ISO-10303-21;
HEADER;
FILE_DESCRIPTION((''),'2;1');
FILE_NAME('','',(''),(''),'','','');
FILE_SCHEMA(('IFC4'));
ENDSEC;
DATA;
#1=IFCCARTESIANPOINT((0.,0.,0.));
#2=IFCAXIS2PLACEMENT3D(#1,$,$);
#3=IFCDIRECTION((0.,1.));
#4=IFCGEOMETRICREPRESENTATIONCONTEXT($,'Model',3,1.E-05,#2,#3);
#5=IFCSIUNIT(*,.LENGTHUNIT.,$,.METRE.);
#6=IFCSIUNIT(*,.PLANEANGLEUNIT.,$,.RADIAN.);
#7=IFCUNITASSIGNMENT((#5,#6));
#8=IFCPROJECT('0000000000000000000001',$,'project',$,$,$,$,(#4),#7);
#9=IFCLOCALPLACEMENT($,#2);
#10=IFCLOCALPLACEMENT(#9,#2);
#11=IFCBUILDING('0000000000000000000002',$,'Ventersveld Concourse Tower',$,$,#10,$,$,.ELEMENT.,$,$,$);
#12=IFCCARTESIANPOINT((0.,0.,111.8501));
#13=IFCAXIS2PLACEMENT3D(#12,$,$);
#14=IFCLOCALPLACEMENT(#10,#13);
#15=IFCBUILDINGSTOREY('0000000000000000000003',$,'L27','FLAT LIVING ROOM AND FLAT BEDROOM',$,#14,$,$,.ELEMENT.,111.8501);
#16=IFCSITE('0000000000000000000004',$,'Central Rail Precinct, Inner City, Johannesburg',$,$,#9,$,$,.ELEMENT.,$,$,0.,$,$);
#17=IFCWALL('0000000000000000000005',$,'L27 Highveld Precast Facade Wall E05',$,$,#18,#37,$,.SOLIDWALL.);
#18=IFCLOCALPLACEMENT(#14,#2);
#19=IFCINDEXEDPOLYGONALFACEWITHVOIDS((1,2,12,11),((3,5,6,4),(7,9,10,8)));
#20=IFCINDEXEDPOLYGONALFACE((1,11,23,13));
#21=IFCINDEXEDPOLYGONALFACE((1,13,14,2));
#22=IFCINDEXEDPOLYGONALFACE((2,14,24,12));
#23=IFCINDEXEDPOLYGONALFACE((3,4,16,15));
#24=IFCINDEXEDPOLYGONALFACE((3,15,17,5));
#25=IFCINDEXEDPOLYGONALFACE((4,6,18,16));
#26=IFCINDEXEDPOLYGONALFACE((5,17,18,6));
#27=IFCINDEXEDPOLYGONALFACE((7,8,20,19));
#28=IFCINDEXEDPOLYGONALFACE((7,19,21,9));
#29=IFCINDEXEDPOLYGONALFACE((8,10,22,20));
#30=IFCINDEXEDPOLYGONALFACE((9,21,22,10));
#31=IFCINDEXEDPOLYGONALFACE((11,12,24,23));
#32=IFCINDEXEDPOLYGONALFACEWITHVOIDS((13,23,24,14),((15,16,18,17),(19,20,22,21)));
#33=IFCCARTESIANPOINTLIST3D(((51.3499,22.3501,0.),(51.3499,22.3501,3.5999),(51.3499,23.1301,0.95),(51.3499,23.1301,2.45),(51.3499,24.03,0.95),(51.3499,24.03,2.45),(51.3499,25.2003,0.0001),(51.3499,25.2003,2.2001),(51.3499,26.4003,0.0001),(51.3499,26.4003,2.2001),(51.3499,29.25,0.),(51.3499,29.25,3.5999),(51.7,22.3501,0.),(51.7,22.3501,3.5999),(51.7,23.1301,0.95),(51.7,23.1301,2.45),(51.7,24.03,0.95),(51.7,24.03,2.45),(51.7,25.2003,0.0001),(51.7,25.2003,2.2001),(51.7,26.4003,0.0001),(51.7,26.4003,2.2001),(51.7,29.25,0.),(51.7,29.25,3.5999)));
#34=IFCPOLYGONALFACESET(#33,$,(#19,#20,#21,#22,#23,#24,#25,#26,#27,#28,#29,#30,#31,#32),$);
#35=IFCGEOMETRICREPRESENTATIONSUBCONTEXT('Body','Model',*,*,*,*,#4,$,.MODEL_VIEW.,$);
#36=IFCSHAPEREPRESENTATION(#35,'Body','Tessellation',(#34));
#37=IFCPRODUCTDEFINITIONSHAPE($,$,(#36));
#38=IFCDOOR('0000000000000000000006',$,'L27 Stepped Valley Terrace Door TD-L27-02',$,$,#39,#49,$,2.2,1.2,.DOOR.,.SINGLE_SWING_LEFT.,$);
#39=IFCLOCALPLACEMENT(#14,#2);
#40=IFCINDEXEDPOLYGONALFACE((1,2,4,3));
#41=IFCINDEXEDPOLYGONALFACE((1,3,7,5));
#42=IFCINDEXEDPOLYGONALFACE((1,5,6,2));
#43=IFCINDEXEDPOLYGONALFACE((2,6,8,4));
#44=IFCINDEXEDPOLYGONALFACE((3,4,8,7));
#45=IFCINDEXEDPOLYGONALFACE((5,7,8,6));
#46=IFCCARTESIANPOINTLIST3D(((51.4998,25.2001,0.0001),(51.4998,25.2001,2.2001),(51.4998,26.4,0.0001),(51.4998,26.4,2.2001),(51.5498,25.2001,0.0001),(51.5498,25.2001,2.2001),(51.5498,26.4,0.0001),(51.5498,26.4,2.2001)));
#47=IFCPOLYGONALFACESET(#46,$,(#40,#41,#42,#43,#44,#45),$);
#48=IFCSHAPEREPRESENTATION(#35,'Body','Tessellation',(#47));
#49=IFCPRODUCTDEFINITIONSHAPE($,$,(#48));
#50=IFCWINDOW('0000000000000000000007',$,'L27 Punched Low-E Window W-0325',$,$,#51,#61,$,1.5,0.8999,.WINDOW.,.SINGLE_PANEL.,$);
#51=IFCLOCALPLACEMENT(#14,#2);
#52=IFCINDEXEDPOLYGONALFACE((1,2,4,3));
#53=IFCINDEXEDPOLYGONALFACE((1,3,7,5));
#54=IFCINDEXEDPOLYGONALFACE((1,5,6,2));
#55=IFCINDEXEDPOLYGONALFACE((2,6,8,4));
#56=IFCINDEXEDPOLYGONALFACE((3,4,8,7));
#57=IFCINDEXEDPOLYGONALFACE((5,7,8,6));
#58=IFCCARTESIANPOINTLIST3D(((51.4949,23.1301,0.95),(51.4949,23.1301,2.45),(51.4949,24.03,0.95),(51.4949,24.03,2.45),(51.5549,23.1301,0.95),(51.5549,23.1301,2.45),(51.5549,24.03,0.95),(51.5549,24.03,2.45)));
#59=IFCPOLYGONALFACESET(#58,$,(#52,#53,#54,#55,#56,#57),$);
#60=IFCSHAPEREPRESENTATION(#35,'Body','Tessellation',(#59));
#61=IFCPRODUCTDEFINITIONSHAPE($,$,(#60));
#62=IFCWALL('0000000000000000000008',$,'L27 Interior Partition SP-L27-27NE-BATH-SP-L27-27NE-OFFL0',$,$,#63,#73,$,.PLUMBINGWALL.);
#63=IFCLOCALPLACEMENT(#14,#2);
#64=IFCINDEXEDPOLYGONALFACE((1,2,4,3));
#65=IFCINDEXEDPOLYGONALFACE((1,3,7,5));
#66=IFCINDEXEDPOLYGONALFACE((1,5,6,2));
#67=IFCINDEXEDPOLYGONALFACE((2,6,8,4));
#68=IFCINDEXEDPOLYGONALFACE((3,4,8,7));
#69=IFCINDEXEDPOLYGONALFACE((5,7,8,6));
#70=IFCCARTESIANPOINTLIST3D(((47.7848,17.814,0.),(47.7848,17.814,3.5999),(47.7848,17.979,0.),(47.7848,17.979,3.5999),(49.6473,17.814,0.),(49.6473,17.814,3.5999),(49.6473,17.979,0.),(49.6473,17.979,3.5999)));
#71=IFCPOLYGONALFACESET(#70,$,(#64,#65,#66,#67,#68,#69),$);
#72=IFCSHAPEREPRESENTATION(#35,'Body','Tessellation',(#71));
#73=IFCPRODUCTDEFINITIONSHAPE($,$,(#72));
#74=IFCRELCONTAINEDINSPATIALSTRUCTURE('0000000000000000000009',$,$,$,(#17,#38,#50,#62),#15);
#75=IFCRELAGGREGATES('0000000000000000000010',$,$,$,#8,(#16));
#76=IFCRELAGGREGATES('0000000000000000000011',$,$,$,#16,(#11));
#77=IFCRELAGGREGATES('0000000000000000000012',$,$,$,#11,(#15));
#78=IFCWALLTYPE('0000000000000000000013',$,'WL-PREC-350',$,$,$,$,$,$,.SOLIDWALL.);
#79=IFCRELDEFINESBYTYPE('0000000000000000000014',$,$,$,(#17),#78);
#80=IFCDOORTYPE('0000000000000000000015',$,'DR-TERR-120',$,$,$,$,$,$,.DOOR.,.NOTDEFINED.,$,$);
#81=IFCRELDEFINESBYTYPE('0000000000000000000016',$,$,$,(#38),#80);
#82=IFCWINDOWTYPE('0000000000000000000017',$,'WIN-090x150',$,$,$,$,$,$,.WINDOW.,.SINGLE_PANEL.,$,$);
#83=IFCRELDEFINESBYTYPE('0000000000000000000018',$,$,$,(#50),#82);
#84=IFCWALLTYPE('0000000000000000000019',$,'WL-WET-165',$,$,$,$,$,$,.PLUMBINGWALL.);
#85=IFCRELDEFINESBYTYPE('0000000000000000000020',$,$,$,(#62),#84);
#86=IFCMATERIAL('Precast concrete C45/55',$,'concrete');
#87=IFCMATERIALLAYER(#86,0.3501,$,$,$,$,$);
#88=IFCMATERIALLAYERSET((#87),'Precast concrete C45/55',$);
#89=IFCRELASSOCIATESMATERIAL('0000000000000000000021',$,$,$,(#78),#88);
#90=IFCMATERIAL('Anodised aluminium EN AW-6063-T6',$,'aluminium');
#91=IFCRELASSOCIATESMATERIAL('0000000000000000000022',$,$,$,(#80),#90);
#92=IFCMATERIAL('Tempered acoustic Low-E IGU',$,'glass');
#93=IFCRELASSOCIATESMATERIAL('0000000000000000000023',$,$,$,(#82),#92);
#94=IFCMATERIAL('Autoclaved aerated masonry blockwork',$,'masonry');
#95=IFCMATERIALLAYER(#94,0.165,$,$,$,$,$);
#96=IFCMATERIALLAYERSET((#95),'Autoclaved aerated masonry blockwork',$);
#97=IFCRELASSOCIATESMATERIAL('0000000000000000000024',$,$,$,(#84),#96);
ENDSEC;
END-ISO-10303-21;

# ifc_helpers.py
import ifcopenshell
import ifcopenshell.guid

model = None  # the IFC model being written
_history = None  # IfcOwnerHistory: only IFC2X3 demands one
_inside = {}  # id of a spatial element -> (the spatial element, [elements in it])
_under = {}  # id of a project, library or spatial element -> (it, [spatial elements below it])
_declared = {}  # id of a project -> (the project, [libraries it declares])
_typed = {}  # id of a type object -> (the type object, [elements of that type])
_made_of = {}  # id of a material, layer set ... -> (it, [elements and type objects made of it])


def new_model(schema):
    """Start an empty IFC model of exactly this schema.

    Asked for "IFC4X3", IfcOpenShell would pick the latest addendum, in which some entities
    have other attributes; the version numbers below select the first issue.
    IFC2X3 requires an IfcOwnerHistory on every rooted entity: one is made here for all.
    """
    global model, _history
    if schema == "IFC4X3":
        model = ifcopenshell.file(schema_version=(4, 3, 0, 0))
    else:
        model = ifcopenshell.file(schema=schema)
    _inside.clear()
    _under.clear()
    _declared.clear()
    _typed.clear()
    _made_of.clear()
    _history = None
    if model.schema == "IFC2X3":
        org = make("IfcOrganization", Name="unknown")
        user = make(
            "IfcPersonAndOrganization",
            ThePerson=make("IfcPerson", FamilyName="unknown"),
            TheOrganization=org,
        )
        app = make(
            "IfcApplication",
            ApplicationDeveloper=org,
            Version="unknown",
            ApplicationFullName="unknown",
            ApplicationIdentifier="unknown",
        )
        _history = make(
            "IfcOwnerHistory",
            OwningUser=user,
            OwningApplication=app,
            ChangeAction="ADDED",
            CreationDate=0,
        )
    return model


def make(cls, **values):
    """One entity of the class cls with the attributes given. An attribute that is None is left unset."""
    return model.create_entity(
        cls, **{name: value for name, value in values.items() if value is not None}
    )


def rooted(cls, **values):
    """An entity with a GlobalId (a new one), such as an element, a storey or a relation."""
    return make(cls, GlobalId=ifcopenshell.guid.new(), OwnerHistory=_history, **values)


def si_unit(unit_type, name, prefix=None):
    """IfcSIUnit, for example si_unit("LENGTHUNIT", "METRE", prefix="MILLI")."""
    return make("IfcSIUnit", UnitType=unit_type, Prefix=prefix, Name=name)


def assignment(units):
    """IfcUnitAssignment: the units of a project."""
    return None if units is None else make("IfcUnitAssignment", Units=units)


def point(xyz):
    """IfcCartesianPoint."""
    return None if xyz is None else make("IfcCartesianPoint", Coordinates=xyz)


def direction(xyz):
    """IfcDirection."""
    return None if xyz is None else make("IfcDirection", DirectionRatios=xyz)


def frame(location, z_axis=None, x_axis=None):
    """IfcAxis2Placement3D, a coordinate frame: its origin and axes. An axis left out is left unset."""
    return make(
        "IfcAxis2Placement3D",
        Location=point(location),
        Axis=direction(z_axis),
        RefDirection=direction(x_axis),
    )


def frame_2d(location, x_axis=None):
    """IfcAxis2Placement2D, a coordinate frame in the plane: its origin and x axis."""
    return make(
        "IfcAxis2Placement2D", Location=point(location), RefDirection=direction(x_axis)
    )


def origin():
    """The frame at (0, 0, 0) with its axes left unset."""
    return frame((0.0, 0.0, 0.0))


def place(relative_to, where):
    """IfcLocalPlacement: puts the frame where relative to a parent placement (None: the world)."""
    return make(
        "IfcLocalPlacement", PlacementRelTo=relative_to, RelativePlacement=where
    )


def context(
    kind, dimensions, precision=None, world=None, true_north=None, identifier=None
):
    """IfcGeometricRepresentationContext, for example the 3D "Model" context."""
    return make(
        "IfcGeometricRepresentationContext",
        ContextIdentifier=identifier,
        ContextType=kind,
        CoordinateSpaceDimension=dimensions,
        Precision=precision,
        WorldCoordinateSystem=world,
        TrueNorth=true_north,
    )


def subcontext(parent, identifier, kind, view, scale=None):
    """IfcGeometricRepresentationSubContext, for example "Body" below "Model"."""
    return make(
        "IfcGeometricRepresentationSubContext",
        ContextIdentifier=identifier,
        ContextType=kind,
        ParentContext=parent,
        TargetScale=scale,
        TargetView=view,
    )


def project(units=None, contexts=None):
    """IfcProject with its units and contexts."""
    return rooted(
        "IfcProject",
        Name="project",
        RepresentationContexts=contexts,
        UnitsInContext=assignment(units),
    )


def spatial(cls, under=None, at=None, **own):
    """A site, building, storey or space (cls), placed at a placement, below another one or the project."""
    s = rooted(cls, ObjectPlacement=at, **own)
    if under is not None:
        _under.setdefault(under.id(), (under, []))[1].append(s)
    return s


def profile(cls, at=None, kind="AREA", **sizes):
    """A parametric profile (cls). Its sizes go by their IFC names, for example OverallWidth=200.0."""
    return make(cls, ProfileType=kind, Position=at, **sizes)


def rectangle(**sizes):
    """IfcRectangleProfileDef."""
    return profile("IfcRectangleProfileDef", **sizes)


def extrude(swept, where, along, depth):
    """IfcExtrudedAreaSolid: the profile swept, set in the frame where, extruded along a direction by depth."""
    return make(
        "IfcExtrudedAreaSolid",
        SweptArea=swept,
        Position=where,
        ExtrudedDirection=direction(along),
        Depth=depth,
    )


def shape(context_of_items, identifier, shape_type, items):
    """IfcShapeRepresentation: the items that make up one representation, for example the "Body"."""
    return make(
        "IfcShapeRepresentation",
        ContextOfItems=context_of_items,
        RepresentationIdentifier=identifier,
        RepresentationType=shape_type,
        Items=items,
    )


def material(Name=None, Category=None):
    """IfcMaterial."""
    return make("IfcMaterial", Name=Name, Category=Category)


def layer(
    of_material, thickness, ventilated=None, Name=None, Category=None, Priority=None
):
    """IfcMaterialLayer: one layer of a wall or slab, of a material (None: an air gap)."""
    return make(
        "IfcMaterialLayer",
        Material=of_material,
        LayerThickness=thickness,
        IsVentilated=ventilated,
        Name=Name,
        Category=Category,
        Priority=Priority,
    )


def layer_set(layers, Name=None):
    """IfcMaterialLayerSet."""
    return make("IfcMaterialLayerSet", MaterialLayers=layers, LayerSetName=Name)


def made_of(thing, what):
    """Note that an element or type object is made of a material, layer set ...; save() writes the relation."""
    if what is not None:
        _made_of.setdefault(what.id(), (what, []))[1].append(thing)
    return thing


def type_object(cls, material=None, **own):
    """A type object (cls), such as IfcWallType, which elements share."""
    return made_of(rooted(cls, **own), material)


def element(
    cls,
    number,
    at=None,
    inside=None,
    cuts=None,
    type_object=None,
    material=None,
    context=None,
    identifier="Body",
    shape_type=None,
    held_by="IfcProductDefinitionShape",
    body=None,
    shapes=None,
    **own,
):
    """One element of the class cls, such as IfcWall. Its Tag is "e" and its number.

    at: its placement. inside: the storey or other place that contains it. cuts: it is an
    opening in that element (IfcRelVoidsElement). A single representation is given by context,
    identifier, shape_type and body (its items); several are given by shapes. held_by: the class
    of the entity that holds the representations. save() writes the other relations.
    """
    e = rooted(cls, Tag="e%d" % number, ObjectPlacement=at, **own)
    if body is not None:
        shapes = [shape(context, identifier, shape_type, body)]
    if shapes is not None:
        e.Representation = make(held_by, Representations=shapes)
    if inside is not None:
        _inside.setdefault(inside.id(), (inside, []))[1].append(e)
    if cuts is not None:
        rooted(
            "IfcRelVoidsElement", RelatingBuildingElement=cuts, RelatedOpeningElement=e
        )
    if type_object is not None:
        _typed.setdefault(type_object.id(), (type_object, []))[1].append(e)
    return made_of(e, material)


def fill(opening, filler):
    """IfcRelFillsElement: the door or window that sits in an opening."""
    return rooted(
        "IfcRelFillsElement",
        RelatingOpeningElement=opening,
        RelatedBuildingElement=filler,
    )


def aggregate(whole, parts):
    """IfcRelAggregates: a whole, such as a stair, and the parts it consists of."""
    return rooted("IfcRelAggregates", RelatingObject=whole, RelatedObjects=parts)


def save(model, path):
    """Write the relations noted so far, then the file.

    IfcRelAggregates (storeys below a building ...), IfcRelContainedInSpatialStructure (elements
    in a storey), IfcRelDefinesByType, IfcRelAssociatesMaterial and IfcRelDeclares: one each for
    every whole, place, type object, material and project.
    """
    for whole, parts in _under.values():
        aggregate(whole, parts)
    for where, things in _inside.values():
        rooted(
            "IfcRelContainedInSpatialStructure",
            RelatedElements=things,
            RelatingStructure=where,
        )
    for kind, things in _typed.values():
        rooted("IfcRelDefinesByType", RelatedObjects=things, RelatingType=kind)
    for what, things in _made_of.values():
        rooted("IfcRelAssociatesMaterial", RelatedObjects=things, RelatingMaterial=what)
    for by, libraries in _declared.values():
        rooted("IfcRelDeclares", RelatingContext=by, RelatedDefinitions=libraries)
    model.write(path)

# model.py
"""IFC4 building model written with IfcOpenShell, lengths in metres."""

from ifc_helpers import new_model, si_unit, direction, frame, frame_2d, origin, place, context, subcontext, project, spatial, rectangle, extrude, material, layer, layer_set, type_object, element, fill, save


model = new_model("IFC4")

# Units and contexts
model_context = context("Model", 3, precision=1e-05, world=origin(), true_north=direction((0.0, 1.0)))
body_context = subcontext(model_context, "Body", "Model", "MODEL_VIEW")
ifc_project = project(units=[si_unit("LENGTHUNIT", "METRE"), si_unit("PLANEANGLEUNIT", "RADIAN")], contexts=[model_context])

# Site, building, storey
site_placement = place(None, origin())
site = spatial("IfcSite", under=ifc_project, at=site_placement, Name="Central Rail Precinct, Inner City, Johannesburg", CompositionType="ELEMENT", RefElevation=0.0)
building_placement = place(site_placement, origin())
building = spatial("IfcBuilding", under=site, at=building_placement, Name="Ventersveld Concourse Tower", CompositionType="ELEMENT")
storey_placement = place(building_placement, frame((0.0, 0.0, 111.8501)))
storey = spatial("IfcBuildingStorey", under=building, at=storey_placement, Name="L27", Description="FLAT LIVING ROOM AND FLAT BEDROOM", CompositionType="ELEMENT", Elevation=111.8501)

# Shared definitions
ifc_material_1 = material(Name="Autoclaved aerated masonry blockwork", Category="masonry")

# Shared definitions
ifc_material_2 = material(Name="Precast concrete C45/55", Category="concrete")
ifc_layer_1 = layer(ifc_material_2, 0.3501)
ifc_layer_set_1 = layer_set([ifc_layer_1], Name="Precast concrete C45/55")
wall_type_1 = type_object("IfcWallType", Name="WL-PREC-350", PredefinedType="SOLIDWALL", material=ifc_layer_set_1)

# Wall, openings, door, window
wall_1_placement = place(storey_placement, frame((51.5249, 22.3501, 0.0), z_axis=(0.0, 0.0, 1.0), x_axis=(0.0, 1.0, 0.0)))
wall_1 = element("IfcWall", 1, at=wall_1_placement, inside=storey, type_object=wall_type_1, Name="L27 Highveld Precast Facade Wall E05", PredefinedType="SOLIDWALL", context=body_context, shape_type="SweptSolid", body=[
    extrude(rectangle(XDim=6.8999, YDim=0.3501, at=frame_2d((3.45, 0.0))), origin(), (0.0, 0.0, 1.0), 3.5999),
])
opening_1_placement = place(wall_1_placement, frame((2.8501, 0.0, 0.0)))
opening_1 = element("IfcOpeningElement", 2, at=opening_1_placement, cuts=wall_1, PredefinedType="OPENING", context=body_context, shape_type="SweptSolid", body=[
    extrude(rectangle(XDim=1.2, YDim=2.2, at=frame_2d((0.6001, 1.1001))), frame((0.0, 0.1851, 0.0), z_axis=(0.0, -1.0, 0.0), x_axis=(1.0, 0.0, 0.0)), (0.0, 0.0, 1.0), 0.3701),
])
opening_2_placement = place(wall_1_placement, frame((0.78, 0.0, 0.95)))
opening_2 = element("IfcOpeningElement", 3, at=opening_2_placement, cuts=wall_1, PredefinedType="OPENING", context=body_context, shape_type="SweptSolid", body=[
    extrude(rectangle(XDim=0.8999, YDim=1.5, at=frame_2d((0.45, 0.75))), frame((0.0, 0.1851, 0.0), z_axis=(0.0, -1.0, 0.0), x_axis=(1.0, 0.0, 0.0)), (0.0, 0.0, 1.0), 0.3701),
])
ifc_material_3 = material(Name="Anodised aluminium EN AW-6063-T6", Category="aluminium")
door_type_1 = type_object("IfcDoorType", Name="DR-TERR-120", OperationType="NOTDEFINED", PredefinedType="DOOR", material=ifc_material_3)
door_1_placement = place(opening_1_placement, frame((1.2, 0.0, 0.0), z_axis=(0.0, 0.0, 1.0), x_axis=(-1.0, 0.0, 0.0)))
door_1 = element("IfcDoor", 4, at=door_1_placement, inside=storey, type_object=door_type_1, Name="L27 Stepped Valley Terrace Door TD-L27-02", OperationType="SINGLE_SWING_LEFT", OverallHeight=2.2, OverallWidth=1.2, PredefinedType="DOOR", context=body_context, shape_type="SweptSolid", body=[
    extrude(rectangle(XDim=1.2, YDim=2.2, at=frame_2d((0.6001, 1.1001))), frame((0.0, 0.0249, 0.0), z_axis=(0.0, -1.0, 0.0), x_axis=(1.0, 0.0, 0.0)), (0.0, 0.0, 1.0), 0.05),
])
fill(opening_1, door_1)
ifc_material_4 = material(Name="Tempered acoustic Low-E IGU", Category="glass")
window_type = type_object("IfcWindowType", Name="WIN-090x150", PartitioningType="SINGLE_PANEL", PredefinedType="WINDOW", material=ifc_material_4)
window_placement = place(opening_2_placement, origin())
window = element("IfcWindow", 5, at=window_placement, inside=storey, type_object=window_type, Name="L27 Punched Low-E Window W-0325", OverallHeight=1.5, OverallWidth=0.8999, PartitioningType="SINGLE_PANEL", PredefinedType="WINDOW", context=body_context, shape_type="SweptSolid", body=[
    extrude(rectangle(XDim=0.8999, YDim=1.5, at=frame_2d((0.45, 0.75))), frame((0.0, 0.03, 0.0), z_axis=(0.0, -1.0, 0.0), x_axis=(1.0, 0.0, 0.0)), (0.0, 0.0, 1.0), 0.0601),
])
fill(opening_2, window)

# Wall
ifc_layer_2 = layer(ifc_material_1, 0.165)
ifc_layer_set_2 = layer_set([ifc_layer_2], Name="Autoclaved aerated masonry blockwork")
wall_type_2 = type_object("IfcWallType", Name="WL-WET-165", PredefinedType="PLUMBINGWALL", material=ifc_layer_set_2)
wall_2_placement = place(storey_placement, frame((47.7849, 17.8965, 0.0), z_axis=(0.0, 0.0, 1.0), x_axis=(1.0, 0.0, 0.0)))
element("IfcWall", 6, at=wall_2_placement, inside=storey, type_object=wall_type_2, Name="L27 Interior Partition SP-L27-27NE-BATH-SP-L27-27NE-OFFL0", PredefinedType="PLUMBINGWALL", context=body_context, shape_type="SweptSolid", body=[
    extrude(rectangle(XDim=1.8625, YDim=0.165, at=frame_2d((0.9312, 0.0))), origin(), (0.0, 0.0, 1.0), 3.5999),
])

save(model, "model.ifc")
